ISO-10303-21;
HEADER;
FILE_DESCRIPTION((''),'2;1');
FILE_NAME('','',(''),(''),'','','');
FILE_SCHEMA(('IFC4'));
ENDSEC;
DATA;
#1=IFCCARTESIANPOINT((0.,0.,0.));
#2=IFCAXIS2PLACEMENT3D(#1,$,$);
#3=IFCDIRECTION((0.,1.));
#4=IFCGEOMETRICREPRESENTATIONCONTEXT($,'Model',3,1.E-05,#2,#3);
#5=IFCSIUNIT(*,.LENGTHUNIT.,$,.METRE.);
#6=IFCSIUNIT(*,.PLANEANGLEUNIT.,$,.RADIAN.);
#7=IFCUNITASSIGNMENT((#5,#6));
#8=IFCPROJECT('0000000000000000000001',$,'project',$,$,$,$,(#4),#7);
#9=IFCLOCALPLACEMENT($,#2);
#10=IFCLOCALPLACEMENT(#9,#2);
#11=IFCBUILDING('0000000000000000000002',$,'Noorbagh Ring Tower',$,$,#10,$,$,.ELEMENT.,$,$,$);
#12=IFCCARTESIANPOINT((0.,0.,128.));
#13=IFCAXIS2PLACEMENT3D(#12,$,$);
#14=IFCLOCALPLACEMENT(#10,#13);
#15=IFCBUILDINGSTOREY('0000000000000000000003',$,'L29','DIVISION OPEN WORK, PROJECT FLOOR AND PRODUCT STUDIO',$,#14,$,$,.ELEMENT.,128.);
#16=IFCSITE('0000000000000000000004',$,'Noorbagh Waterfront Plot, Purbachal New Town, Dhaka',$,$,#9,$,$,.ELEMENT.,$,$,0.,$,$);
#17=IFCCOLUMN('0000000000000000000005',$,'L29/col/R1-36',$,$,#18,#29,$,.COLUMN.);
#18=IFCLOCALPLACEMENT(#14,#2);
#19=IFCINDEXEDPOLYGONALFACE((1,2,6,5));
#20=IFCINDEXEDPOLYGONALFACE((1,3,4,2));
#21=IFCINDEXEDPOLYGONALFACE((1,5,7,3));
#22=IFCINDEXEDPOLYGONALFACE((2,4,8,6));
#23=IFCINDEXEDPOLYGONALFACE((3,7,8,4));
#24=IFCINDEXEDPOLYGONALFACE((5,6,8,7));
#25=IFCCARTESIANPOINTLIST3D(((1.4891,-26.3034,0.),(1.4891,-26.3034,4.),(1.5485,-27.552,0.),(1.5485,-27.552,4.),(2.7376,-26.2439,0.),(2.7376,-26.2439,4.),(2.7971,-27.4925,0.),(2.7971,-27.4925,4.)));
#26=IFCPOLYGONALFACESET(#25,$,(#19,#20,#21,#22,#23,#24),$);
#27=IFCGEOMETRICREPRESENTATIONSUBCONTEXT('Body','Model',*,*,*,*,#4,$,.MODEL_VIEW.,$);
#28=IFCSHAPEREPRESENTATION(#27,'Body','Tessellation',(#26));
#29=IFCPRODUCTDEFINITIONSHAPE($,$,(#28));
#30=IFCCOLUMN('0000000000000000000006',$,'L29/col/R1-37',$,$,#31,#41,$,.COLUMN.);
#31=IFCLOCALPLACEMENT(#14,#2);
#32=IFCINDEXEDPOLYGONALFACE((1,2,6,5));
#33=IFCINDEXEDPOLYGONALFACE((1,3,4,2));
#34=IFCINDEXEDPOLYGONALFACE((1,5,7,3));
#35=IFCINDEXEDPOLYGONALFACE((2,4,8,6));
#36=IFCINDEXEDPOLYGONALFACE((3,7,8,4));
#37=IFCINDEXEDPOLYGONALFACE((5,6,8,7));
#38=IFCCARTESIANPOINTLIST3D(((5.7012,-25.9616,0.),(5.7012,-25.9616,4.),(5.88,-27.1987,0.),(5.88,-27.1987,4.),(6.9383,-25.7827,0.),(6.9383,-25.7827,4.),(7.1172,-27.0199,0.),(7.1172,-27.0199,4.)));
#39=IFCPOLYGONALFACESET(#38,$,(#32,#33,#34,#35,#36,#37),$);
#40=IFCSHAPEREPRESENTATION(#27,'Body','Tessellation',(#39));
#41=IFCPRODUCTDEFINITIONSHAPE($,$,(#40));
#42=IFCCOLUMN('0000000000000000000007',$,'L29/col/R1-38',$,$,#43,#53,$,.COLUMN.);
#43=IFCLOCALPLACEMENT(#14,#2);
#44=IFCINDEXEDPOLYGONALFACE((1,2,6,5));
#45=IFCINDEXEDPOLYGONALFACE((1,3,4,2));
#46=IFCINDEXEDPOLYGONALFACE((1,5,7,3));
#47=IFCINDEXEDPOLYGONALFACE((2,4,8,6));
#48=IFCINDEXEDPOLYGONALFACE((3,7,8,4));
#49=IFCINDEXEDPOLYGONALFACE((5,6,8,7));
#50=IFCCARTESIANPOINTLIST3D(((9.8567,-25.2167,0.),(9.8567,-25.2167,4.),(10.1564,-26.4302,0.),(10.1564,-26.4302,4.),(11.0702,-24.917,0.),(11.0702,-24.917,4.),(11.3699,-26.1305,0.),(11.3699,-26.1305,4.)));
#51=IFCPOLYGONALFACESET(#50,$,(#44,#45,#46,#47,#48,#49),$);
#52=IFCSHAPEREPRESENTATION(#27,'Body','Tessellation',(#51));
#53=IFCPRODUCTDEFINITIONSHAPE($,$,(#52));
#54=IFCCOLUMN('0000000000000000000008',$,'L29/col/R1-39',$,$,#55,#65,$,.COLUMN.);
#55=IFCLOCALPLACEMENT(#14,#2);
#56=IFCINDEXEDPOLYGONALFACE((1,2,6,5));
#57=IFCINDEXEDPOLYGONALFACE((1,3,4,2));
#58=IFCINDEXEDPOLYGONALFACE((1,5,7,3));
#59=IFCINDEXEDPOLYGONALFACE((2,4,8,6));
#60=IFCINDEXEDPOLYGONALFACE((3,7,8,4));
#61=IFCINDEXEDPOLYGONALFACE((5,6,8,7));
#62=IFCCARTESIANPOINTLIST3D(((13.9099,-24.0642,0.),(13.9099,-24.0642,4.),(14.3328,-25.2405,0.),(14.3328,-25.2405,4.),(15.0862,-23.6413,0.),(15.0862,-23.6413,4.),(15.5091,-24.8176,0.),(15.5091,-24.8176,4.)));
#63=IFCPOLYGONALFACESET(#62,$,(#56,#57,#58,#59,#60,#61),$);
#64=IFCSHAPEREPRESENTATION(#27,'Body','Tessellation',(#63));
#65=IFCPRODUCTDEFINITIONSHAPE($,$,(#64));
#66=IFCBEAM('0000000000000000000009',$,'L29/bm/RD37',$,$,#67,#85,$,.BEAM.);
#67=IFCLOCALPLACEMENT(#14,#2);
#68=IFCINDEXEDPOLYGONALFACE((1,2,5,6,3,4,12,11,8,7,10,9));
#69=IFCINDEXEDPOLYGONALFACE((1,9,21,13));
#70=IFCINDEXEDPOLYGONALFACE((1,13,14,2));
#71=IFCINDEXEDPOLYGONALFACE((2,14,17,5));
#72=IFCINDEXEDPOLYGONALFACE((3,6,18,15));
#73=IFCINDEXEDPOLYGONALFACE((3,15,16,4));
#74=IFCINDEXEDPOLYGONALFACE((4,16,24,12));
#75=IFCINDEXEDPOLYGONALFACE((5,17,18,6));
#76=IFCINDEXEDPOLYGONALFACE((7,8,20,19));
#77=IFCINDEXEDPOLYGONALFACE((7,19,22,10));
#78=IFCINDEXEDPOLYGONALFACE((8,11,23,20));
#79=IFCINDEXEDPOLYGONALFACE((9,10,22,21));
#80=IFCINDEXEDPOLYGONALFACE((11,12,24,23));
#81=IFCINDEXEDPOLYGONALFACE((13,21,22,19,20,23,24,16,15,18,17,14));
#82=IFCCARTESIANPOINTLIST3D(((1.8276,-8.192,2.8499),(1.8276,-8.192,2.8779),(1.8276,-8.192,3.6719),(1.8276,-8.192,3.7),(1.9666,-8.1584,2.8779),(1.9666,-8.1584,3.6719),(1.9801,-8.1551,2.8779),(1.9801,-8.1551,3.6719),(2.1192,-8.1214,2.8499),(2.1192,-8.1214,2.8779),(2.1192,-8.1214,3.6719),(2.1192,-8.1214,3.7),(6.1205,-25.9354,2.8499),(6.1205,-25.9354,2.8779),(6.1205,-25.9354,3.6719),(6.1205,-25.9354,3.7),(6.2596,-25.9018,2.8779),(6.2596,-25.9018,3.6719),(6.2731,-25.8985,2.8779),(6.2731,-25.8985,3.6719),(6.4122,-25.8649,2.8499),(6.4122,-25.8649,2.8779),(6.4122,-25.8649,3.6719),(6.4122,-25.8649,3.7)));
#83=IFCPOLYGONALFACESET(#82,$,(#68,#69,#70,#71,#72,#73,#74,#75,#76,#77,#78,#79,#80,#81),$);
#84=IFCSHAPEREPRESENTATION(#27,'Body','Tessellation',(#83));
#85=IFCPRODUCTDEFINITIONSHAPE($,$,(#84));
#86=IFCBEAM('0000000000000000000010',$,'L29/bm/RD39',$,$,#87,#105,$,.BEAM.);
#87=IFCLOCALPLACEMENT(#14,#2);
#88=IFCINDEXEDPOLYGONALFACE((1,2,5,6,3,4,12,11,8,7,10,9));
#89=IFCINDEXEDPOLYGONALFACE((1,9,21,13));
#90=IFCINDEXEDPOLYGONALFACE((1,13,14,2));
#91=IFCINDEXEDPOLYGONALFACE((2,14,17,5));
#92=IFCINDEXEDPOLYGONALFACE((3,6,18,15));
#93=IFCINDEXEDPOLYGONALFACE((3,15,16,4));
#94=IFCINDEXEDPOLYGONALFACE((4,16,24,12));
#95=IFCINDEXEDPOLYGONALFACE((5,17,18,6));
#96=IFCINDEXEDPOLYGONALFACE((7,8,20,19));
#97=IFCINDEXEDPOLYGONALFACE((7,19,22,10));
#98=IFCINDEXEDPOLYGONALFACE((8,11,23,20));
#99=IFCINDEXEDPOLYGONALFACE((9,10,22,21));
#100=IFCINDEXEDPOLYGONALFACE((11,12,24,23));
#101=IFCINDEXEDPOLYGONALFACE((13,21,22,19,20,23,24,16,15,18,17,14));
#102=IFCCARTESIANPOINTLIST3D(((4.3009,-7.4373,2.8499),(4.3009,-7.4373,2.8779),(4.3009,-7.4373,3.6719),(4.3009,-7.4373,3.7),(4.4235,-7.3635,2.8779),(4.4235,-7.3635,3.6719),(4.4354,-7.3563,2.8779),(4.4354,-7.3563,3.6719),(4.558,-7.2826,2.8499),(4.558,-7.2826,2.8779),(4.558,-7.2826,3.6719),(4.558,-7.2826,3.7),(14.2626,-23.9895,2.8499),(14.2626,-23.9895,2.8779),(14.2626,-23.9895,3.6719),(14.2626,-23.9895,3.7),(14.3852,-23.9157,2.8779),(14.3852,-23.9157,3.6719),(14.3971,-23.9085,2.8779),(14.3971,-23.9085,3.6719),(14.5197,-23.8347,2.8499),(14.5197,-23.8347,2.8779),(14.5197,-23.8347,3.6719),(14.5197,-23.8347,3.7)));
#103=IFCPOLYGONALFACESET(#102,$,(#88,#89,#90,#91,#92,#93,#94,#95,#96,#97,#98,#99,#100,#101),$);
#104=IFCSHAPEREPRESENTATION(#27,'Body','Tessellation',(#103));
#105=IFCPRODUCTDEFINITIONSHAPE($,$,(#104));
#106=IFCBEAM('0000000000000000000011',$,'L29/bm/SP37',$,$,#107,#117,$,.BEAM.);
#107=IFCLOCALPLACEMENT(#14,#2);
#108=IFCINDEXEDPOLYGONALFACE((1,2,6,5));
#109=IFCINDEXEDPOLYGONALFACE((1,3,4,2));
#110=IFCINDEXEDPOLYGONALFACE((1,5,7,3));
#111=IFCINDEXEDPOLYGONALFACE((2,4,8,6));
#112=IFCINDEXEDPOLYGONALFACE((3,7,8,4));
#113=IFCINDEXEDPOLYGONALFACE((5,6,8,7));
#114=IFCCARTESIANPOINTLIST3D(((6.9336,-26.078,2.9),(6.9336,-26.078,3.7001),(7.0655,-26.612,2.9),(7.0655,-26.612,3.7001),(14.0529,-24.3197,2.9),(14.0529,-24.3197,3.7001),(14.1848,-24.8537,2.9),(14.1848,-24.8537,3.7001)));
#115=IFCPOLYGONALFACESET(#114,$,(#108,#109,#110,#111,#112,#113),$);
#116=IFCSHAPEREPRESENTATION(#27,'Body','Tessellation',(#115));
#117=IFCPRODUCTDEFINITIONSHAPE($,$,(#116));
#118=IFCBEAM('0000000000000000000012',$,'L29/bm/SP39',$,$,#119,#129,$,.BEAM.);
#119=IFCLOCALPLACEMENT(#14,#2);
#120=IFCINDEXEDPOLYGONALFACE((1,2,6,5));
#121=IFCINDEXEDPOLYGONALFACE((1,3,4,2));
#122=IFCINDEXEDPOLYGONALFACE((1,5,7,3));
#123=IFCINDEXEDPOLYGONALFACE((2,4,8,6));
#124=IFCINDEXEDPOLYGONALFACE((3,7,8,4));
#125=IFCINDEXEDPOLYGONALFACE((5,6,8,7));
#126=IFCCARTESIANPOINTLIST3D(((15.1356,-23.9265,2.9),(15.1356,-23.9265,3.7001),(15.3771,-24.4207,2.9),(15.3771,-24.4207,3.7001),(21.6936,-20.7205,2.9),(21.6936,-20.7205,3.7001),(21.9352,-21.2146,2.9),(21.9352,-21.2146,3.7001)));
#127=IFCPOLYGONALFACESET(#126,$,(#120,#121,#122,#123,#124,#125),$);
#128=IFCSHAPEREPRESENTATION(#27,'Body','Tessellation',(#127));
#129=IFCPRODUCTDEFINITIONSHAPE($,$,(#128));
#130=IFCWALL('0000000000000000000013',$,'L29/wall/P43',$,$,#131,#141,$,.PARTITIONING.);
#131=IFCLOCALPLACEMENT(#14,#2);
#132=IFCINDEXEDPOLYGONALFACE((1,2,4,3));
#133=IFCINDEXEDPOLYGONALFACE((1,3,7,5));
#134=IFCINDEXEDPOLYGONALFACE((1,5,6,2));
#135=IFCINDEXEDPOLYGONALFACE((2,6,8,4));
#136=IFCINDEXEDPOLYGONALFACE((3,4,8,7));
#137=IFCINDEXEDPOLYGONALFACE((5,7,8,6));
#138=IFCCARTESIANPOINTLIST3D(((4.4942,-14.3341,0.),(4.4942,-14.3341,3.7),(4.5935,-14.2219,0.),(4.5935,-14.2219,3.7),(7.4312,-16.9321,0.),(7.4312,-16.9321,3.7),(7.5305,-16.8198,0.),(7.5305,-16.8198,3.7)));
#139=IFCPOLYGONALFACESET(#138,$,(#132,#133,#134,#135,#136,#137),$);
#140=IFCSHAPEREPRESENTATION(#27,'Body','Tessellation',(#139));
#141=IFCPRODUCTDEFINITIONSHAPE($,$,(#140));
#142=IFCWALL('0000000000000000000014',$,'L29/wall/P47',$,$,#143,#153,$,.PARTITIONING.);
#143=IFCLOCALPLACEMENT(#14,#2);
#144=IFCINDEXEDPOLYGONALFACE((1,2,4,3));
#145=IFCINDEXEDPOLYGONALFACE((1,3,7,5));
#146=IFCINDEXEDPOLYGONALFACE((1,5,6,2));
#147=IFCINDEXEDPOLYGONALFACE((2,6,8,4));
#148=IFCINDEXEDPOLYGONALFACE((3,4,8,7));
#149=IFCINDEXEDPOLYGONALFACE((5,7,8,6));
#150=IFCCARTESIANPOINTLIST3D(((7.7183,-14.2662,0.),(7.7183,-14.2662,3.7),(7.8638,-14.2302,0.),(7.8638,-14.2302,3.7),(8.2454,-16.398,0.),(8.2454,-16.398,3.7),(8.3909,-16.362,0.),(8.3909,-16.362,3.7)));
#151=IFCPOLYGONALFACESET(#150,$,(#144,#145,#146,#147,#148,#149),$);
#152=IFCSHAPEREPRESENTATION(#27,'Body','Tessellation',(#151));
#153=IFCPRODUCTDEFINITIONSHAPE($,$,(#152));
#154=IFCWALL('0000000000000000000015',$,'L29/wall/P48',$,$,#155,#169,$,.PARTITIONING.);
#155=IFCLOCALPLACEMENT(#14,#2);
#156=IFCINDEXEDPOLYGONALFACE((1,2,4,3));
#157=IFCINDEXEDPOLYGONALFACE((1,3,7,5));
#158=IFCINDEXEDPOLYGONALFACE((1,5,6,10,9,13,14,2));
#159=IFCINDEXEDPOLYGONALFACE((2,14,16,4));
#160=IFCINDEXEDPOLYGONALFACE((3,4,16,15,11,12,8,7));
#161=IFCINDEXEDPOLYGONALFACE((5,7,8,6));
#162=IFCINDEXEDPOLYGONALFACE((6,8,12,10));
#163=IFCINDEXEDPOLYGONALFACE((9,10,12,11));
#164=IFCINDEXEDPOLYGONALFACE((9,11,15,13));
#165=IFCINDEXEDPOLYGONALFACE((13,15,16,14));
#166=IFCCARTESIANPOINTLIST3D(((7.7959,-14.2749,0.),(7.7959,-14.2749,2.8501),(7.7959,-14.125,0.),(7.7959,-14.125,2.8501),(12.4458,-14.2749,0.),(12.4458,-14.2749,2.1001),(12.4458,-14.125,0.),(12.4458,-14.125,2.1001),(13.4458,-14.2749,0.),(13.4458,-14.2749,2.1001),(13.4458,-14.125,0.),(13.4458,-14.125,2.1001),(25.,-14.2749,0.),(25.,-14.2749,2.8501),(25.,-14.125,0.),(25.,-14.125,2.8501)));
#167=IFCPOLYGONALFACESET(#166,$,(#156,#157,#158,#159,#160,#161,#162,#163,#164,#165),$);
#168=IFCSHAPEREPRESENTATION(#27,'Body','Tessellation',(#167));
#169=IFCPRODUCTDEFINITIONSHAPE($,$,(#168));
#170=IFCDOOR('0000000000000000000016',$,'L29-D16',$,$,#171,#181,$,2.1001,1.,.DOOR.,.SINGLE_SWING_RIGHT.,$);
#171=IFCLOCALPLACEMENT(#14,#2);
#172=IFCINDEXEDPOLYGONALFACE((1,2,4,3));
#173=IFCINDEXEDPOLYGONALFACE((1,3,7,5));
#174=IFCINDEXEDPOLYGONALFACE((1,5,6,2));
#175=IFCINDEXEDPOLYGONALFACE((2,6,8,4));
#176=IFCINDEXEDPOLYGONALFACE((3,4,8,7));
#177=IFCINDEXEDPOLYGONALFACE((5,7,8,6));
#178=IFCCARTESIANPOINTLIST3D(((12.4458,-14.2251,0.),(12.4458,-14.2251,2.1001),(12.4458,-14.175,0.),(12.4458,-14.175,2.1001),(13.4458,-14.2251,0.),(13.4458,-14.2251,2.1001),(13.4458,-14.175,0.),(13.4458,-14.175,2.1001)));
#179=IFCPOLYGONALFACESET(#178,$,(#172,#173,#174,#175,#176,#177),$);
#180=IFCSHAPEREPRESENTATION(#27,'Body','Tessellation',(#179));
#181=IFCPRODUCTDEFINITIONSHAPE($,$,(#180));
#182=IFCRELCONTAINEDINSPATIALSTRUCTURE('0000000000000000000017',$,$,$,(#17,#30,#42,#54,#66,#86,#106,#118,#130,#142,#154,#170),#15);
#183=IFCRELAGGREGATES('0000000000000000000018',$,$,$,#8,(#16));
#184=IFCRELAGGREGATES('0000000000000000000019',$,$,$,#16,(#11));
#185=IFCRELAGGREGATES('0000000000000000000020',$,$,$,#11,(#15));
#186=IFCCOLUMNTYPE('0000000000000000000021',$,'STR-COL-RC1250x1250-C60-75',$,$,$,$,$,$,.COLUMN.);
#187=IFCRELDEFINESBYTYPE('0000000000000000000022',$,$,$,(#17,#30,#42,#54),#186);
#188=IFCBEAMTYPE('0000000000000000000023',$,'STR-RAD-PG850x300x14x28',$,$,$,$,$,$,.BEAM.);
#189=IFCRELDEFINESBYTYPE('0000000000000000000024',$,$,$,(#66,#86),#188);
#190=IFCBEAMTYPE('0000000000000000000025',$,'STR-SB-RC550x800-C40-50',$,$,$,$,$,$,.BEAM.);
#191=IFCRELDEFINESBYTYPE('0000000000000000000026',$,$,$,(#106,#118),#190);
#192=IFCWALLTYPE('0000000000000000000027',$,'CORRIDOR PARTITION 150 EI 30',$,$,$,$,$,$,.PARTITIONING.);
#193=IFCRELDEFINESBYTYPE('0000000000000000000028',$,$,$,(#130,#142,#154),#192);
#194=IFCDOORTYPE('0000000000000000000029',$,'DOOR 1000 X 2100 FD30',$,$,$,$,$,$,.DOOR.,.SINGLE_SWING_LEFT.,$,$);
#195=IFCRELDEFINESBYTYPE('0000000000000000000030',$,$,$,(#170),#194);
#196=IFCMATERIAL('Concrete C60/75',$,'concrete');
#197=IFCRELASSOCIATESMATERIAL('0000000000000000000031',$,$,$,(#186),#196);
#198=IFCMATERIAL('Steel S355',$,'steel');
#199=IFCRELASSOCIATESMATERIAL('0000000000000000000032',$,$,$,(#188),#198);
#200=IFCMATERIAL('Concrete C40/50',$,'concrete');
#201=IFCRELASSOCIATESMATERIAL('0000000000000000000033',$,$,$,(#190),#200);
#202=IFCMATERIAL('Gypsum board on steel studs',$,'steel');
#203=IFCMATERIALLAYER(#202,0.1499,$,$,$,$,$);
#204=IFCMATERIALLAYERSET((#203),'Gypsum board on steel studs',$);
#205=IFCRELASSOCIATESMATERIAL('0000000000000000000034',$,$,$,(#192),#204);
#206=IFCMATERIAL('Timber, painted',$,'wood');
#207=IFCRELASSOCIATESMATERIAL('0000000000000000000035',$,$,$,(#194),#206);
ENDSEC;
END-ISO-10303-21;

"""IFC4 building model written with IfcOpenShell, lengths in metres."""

from ifc_helpers import new_model, si_unit, direction, frame, frame_2d, origin, origin_2d, place, context, subcontext, project, spatial, rectangle, i_section, extrude, material, layer, layer_set, material_profile, profile_set, type_object, element, fill, save


model = new_model("IFC4")

# Units and contexts
model_context = context("Model", 3, precision=1e-05, world=origin(), true_north=direction((0.0, 1.0)))
body_context = subcontext(model_context, "Body", "Model", "MODEL_VIEW")
ifc_project = project(units=[si_unit("LENGTHUNIT", "METRE"), si_unit("PLANEANGLEUNIT", "RADIAN")], contexts=[model_context])

# Site, building, storey
site_placement = place(None, origin())
site = spatial("IfcSite", under=ifc_project, at=site_placement, Name="Noorbagh Waterfront Plot, Purbachal New Town, Dhaka", CompositionType="ELEMENT", RefElevation=0.0)
building_placement = place(site_placement, origin())
building = spatial("IfcBuilding", under=site, at=building_placement, Name="Noorbagh Ring Tower", CompositionType="ELEMENT")
storey_placement = place(building_placement, frame((0.0, 0.0, 128.0)))
storey = spatial("IfcBuildingStorey", under=building, at=storey_placement, Name="L29", Description="DIVISION OPEN WORK, PROJECT FLOOR AND PRODUCT STUDIO", CompositionType="ELEMENT", Elevation=128.0)

# Columns
ifc_material_1 = material(Name="Concrete C60/75", Category="concrete")
ifc_material_profile_1 = material_profile(ifc_material_1, rectangle(XDim=1.25, YDim=1.25, at=origin_2d()), Name="RC1250x1250")
ifc_profile_set_1 = profile_set([ifc_material_profile_1], Name="Concrete C60/75")
column_type = type_object("IfcColumnType", Name="STR-COL-RC1250x1250-C60-75", PredefinedType="COLUMN", material=ifc_profile_set_1)
for number, where, z_axis, x_axis, name in (
    (1, (2.1431, -26.8979, 0.0), (0.0, 0.0, 1.0), (0.998869, 0.047553, 0.0), "L29/col/R1-36"),
    (2, (6.4092, -26.4907, 0.0), (0.0, 0.0, 1.0), (0.989713, 0.143066, 0.0), "L29/col/R1-37"),
    (3, (10.6133, -25.6736, 0.0), (0.0, 0.0, 1.0), (0.970829, 0.239771, 0.0), "L29/col/R1-38"),
    (4, (14.7095, -24.4409, 0.0), (0.0, 0.0, 1.0), (0.941025, 0.338338, 0.0), "L29/col/R1-39"),
):
    element("IfcColumn", number, at=place(storey_placement, frame(where, z_axis=z_axis, x_axis=x_axis)), inside=storey, type_object=column_type, Name=name, PredefinedType="COLUMN", context=body_context, shape_type="SweptSolid", body=[
        extrude(rectangle(XDim=1.25, YDim=1.25, at=origin_2d()), origin(), (0.0, 0.0, 1.0), 4.0),
    ])

# Beams
ifc_material_2 = material(Name="Steel S355", Category="steel")
ifc_material_profile_2 = material_profile(ifc_material_2, i_section(OverallWidth=0.3, OverallDepth=0.8501, WebThickness=0.0139, FlangeThickness=0.0281, at=origin_2d()), Name="PG850x300x14x28")
ifc_profile_set_2 = profile_set([ifc_material_profile_2], Name="Steel S355")
beam_type_1 = type_object("IfcBeamType", Name="STR-RAD-PG850x300x14x28", PredefinedType="BEAM", material=ifc_profile_set_2)
beam_1_placement = place(storey_placement, frame((6.2664, -25.9001, 3.2749), z_axis=(-0.235162, 0.971956, 0.0), x_axis=(-0.971956, -0.235162, 0.0)))
element("IfcBeam", 5, at=beam_1_placement, inside=storey, type_object=beam_type_1, Name="L29/bm/RD37", PredefinedType="BEAM", context=body_context, shape_type="SweptSolid", body=[
    extrude(i_section(OverallWidth=0.3, OverallDepth=0.8501, WebThickness=0.0139, FlangeThickness=0.0281, at=origin_2d()), origin(), (0.0, 0.0, 1.0), 18.2554),
])
beam_2_placement = place(storey_placement, frame((14.3911, -23.9121, 3.2749), z_axis=(-0.515649, 0.8568, 0.0), x_axis=(-0.8568, -0.515649, 0.0)))
element("IfcBeam", 6, at=beam_2_placement, inside=storey, type_object=beam_type_1, Name="L29/bm/RD39", PredefinedType="BEAM", context=body_context, shape_type="SweptSolid", body=[
    extrude(i_section(OverallWidth=0.3, OverallDepth=0.8501, WebThickness=0.0139, FlangeThickness=0.0281, at=origin_2d()), origin(), (0.0, 0.0, 1.0), 19.3186),
])
ifc_material_3 = material(Name="Concrete C40/50", Category="concrete")
ifc_material_profile_3 = material_profile(ifc_material_3, rectangle(XDim=0.55, YDim=0.8, at=origin_2d()), Name="RC550x800")
ifc_profile_set_3 = profile_set([ifc_material_profile_3], Name="Concrete C40/50")
beam_type_2 = type_object("IfcBeamType", Name="STR-SB-RC550x800-C40-50", PredefinedType="BEAM", material=ifc_profile_set_3)
beam_3_placement = place(storey_placement, frame((6.9995, -26.345, 3.3), z_axis=(0.97083, 0.239769, 0.0), x_axis=(-0.239769, 0.97083, 0.0)))
element("IfcBeam", 7, at=beam_3_placement, inside=storey, type_object=beam_type_2, Name="L29/bm/SP37", PredefinedType="BEAM", context=body_context, shape_type="SweptSolid", body=[
    extrude(rectangle(XDim=0.55, YDim=0.8, at=origin_2d()), origin(), (0.0, 0.0, 1.0), 7.3333),
])
beam_4_placement = place(storey_placement, frame((15.2563, -24.1736, 3.3), z_axis=(0.898391, 0.439196, 0.0), x_axis=(-0.439196, 0.898391, 0.0)))
element("IfcBeam", 8, at=beam_4_placement, inside=storey, type_object=beam_type_2, Name="L29/bm/SP39", PredefinedType="BEAM", context=body_context, shape_type="SweptSolid", body=[
    extrude(rectangle(XDim=0.55, YDim=0.8, at=origin_2d()), origin(), (0.0, 0.0, 1.0), 7.2998),
])

# Walls
ifc_material_4 = material(Name="Gypsum board on steel studs", Category="steel")
ifc_layer_1 = layer(ifc_material_4, 0.1499)
ifc_layer_set_1 = layer_set([ifc_layer_1], Name="Gypsum board on steel studs")
wall_type_1 = type_object("IfcWallType", Name="CORRIDOR PARTITION 150 EI 30", PredefinedType="PARTITIONING", material=ifc_layer_set_1)
wall_1_placement = place(storey_placement, frame((4.5439, -14.2781, 0.0), z_axis=(0.0, 0.0, 1.0), x_axis=(0.749025, -0.662542, 0.0)))
element("IfcWall", 9, at=wall_1_placement, inside=storey, type_object=wall_type_1, Name="L29/wall/P43", PredefinedType="PARTITIONING", context=body_context, shape_type="SweptSolid", body=[
    extrude(rectangle(XDim=3.9211, YDim=0.1499, at=frame_2d((1.9604, 0.0))), origin(), (0.0, 0.0, 1.0), 3.7),
])
wall_2_placement = place(storey_placement, frame((7.791, -14.248, 0.0), z_axis=(0.0, 0.0, 1.0), x_axis=(0.240024, -0.970767, 0.0)))
element("IfcWall", 10, at=wall_2_placement, inside=storey, type_object=wall_type_1, Name="L29/wall/P47", PredefinedType="PARTITIONING", context=body_context, shape_type="SweptSolid", body=[
    extrude(rectangle(XDim=2.196, YDim=0.1499, at=frame_2d((1.0981, 0.0))), origin(), (0.0, 0.0, 1.0), 3.7),
])

# Wall, opening, door
wall_3_placement = place(storey_placement, frame((7.7959, -14.2, 0.0), z_axis=(0.0, 0.0, 1.0), x_axis=(1.0, 0.0, 0.0)))
wall_3 = element("IfcWall", 11, at=wall_3_placement, inside=storey, type_object=wall_type_1, Name="L29/wall/P48", PredefinedType="PARTITIONING", context=body_context, shape_type="SweptSolid", body=[
    extrude(rectangle(XDim=17.2041, YDim=0.1499, at=frame_2d((8.6021, 0.0))), origin(), (0.0, 0.0, 1.0), 2.8501),
])
opening_1_placement = place(wall_3_placement, frame((4.6499, 0.0, 0.0)))
opening_1 = element("IfcOpeningElement", 12, at=opening_1_placement, cuts=wall_3, PredefinedType="OPENING", context=body_context, shape_type="SweptSolid", body=[
    extrude(rectangle(XDim=1.0, YDim=2.1001, at=frame_2d((0.5, 1.05))), frame((0.0, 0.085, 0.0), z_axis=(0.0, -1.0, 0.0), x_axis=(1.0, 0.0, 0.0)), (0.0, 0.0, 1.0), 0.1699),
])
ifc_material_5 = material(Name="Timber, painted", Category="wood")
door_type_1 = type_object("IfcDoorType", Name="DOOR 1000 X 2100 FD30", OperationType="SINGLE_SWING_LEFT", PredefinedType="DOOR", material=ifc_material_5)
door_1_placement = place(opening_1_placement, origin())
door_1 = element("IfcDoor", 13, at=door_1_placement, inside=storey, type_object=door_type_1, Name="L29-D16", OperationType="SINGLE_SWING_RIGHT", OverallHeight=2.1001, OverallWidth=1.0, PredefinedType="DOOR", context=body_context, shape_type="SweptSolid", body=[
    extrude(rectangle(XDim=1.0, YDim=2.1001, at=frame_2d((0.5, 1.05))), frame((0.0, 0.0249, 0.0), z_axis=(0.0, -1.0, 0.0), x_axis=(1.0, 0.0, 0.0)), (0.0, 0.0, 1.0), 0.05),
])
fill(opening_1, door_1)

save(model, "model.ifc")
